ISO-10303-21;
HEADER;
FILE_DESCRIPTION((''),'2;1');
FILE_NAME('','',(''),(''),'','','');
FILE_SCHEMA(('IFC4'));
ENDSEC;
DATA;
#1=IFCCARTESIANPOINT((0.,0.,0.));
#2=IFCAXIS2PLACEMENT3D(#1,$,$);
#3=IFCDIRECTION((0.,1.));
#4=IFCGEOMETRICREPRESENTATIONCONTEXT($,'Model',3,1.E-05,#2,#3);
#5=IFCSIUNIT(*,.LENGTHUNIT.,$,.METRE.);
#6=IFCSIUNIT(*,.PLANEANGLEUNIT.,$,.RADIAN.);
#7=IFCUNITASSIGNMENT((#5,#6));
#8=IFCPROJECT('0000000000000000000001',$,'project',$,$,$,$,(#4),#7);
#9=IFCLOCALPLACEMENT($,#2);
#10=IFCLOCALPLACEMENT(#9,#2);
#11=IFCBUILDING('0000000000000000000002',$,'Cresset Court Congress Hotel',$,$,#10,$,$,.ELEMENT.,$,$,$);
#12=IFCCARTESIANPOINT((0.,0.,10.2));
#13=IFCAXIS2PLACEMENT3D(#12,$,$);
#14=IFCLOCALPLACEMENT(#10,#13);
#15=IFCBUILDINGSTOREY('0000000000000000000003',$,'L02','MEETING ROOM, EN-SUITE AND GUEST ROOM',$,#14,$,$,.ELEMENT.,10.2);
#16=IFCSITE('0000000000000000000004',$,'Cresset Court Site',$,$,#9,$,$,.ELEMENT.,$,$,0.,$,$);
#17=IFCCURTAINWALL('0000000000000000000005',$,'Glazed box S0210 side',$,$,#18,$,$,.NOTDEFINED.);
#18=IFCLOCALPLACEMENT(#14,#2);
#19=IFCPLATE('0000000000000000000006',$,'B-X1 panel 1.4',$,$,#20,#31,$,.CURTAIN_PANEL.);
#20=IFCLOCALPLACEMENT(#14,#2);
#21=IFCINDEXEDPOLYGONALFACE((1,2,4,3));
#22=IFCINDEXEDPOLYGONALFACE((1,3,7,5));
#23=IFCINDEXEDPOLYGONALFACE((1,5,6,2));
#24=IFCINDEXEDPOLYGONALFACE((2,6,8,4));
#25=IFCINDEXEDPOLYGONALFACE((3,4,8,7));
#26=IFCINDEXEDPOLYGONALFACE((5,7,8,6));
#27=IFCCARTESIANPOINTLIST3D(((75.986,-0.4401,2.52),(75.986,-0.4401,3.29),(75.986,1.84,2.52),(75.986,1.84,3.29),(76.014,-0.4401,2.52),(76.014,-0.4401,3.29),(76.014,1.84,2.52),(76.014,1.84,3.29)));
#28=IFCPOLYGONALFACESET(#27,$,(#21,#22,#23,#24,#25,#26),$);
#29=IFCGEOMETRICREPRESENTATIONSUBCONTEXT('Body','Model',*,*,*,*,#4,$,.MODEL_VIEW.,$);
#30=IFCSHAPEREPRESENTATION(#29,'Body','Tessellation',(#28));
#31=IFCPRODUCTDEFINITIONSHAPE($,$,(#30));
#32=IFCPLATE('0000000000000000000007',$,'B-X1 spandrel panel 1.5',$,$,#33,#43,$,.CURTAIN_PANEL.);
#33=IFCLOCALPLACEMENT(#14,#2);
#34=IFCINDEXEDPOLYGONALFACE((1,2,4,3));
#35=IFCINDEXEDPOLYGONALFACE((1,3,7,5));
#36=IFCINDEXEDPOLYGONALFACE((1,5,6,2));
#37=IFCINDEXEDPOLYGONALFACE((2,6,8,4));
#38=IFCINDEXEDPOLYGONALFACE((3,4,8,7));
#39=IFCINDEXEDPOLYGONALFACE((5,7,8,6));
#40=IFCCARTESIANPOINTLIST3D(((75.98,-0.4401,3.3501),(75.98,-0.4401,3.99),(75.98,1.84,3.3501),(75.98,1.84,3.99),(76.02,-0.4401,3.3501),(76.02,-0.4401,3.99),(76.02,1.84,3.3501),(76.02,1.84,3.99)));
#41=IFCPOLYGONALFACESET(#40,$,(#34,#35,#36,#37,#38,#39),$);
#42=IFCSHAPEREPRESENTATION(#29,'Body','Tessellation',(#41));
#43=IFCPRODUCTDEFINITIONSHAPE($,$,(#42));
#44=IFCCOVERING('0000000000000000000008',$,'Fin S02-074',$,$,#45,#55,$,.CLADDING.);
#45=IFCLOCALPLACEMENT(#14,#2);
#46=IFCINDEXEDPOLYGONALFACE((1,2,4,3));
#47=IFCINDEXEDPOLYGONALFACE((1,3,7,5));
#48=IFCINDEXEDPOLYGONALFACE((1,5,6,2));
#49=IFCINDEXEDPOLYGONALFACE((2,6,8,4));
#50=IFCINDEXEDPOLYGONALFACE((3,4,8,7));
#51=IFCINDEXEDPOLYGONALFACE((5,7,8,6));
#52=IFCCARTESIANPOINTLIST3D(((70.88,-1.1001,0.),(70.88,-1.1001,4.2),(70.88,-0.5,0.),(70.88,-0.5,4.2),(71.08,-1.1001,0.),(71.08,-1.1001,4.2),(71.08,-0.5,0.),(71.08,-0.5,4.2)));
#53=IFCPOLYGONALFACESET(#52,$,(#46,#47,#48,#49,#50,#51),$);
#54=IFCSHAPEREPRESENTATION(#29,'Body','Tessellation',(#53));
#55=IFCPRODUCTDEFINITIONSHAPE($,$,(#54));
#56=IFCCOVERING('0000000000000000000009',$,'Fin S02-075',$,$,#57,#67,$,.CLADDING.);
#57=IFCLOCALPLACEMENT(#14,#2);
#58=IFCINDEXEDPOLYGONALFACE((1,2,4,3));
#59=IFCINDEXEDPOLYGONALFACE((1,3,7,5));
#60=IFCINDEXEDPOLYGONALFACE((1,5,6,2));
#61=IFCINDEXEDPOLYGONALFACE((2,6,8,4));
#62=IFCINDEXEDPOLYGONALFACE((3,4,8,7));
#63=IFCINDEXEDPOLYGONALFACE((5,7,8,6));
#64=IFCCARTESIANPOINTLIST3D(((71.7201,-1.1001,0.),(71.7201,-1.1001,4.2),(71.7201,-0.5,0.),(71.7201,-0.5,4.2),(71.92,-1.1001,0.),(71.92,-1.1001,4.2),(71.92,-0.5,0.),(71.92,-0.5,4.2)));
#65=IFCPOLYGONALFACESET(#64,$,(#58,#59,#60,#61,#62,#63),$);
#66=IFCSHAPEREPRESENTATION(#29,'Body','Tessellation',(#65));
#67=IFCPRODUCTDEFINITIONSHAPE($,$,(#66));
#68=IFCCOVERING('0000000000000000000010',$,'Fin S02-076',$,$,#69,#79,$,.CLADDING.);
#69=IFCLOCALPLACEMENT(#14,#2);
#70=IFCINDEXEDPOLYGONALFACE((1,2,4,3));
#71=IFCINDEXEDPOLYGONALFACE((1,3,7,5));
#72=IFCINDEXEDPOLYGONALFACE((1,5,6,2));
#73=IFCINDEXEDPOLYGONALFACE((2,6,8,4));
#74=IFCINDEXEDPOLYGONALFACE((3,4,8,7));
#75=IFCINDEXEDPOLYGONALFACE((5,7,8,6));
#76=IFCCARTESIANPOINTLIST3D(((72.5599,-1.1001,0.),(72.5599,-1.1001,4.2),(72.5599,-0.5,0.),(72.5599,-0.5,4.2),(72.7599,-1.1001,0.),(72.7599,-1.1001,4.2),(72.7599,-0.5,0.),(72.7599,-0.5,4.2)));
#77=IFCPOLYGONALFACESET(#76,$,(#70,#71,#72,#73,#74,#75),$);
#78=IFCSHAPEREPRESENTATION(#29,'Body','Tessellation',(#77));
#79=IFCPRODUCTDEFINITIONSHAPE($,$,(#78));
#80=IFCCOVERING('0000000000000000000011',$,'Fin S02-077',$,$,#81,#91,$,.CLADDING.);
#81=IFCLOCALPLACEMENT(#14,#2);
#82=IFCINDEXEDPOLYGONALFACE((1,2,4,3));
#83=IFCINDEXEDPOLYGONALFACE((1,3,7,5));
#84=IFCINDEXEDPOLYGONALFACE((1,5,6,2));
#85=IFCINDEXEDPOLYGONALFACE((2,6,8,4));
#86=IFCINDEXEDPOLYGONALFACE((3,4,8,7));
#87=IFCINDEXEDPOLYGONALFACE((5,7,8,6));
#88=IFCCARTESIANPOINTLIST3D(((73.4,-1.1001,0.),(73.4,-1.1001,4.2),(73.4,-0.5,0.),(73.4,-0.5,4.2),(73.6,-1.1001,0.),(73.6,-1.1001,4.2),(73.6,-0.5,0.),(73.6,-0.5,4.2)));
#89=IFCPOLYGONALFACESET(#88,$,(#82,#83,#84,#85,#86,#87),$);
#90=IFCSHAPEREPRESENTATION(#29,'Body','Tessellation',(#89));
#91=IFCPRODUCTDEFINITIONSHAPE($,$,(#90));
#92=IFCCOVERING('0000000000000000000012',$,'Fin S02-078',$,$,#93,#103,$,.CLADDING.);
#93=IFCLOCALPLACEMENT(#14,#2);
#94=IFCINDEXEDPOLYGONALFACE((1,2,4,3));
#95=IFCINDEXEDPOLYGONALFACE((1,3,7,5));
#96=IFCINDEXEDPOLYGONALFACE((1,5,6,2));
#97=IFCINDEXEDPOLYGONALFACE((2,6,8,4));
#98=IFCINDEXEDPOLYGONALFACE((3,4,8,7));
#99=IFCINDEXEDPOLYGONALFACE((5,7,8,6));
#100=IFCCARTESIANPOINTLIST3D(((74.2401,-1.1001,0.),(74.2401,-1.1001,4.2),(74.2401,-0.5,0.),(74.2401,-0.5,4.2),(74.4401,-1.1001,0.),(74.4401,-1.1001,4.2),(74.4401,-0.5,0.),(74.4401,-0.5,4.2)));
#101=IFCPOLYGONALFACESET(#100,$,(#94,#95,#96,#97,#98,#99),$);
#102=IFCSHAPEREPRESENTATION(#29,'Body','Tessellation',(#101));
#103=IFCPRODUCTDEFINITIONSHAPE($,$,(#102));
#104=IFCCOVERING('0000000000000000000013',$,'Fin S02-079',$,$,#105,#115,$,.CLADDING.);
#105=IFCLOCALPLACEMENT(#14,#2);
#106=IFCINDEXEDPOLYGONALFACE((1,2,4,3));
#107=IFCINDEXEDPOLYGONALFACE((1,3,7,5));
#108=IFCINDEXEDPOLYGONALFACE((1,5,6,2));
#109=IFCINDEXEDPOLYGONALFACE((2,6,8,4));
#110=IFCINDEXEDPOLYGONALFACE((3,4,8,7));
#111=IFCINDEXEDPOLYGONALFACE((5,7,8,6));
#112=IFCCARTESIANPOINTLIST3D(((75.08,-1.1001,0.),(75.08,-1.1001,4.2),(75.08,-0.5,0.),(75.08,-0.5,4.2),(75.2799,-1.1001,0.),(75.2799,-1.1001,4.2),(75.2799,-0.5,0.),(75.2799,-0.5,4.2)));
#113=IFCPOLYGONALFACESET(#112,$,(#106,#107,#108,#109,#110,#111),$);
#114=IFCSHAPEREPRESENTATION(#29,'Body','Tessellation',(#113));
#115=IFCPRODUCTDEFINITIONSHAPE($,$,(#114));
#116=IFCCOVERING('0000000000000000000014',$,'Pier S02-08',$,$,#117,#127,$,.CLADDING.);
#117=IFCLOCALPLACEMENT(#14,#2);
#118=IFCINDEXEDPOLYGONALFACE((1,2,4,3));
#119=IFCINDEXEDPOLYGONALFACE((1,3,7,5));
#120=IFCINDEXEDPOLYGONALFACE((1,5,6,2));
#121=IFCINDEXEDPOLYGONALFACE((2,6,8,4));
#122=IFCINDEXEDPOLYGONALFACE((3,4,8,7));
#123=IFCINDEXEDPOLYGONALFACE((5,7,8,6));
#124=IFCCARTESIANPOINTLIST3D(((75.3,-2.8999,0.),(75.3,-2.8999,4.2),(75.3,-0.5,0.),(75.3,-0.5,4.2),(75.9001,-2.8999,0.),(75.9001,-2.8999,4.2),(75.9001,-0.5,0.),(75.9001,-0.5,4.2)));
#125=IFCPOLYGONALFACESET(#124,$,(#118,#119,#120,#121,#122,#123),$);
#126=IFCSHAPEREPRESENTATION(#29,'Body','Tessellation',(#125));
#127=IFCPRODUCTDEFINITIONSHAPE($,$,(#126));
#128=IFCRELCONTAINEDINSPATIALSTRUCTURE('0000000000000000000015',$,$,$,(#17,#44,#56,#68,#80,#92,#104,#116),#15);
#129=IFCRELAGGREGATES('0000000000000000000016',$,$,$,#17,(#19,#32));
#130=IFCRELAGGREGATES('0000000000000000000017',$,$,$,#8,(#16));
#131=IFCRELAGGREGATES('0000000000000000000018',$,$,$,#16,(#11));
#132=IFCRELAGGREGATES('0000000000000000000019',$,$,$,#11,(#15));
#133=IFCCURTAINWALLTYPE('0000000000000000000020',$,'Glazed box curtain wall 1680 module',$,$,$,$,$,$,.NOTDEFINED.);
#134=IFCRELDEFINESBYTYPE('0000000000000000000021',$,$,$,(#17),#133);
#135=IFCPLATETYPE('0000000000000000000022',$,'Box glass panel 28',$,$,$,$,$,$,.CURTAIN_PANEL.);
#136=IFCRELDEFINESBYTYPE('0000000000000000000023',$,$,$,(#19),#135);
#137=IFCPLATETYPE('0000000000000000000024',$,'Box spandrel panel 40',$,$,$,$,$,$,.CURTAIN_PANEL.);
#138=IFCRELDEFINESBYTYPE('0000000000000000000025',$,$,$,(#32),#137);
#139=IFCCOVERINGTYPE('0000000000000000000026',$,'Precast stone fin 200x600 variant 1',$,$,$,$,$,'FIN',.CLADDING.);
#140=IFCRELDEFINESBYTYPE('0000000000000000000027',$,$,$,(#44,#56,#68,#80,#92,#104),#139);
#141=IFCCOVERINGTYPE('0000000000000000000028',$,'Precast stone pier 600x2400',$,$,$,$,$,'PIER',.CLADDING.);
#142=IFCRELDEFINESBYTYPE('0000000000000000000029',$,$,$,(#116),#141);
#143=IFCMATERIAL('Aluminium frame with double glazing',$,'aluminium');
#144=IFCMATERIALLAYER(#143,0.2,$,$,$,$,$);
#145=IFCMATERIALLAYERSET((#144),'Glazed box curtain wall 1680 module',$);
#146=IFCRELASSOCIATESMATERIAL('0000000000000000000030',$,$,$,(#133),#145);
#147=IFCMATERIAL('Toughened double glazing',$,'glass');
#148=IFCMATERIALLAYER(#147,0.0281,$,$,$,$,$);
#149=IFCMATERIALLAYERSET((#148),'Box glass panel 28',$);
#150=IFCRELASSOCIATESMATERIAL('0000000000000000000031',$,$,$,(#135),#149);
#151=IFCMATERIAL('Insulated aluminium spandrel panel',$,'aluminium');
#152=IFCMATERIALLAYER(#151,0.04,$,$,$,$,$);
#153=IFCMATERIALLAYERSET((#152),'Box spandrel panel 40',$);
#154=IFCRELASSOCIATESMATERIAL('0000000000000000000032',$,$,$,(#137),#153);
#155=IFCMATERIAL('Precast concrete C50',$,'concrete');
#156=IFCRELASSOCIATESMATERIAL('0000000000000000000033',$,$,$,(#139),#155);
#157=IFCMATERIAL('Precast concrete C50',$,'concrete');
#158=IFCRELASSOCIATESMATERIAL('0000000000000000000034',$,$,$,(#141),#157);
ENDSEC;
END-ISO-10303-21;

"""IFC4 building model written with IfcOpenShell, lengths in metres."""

from ifc_helpers import new_model, si_unit, direction, frame, origin, origin_2d, place, context, subcontext, project, spatial, rectangle, extrude, material, layer, layer_set, type_object, element, aggregate, save


model = new_model("IFC4")

# Units and contexts
model_context = context("Model", 3, precision=1e-05, world=origin(), true_north=direction((0.0, 1.0)))
body_context = subcontext(model_context, "Body", "Model", "MODEL_VIEW")
ifc_project = project(units=[si_unit("LENGTHUNIT", "METRE"), si_unit("PLANEANGLEUNIT", "RADIAN")], contexts=[model_context])

# Site, building, storey
site_placement = place(None, origin())
site = spatial("IfcSite", under=ifc_project, at=site_placement, Name="Cresset Court Site", CompositionType="ELEMENT", RefElevation=0.0)
building_placement = place(site_placement, origin())
building = spatial("IfcBuilding", under=site, at=building_placement, Name="Cresset Court Congress Hotel", CompositionType="ELEMENT")
storey_placement = place(building_placement, frame((0.0, 0.0, 10.2)))
storey = spatial("IfcBuildingStorey", under=building, at=storey_placement, Name="L02", Description="MEETING ROOM, EN-SUITE AND GUEST ROOM", CompositionType="ELEMENT", Elevation=10.2)

# Shared definitions
ifc_material_1 = material(Name="Aluminium frame with double glazing", Category="aluminium")
ifc_layer_1 = layer(ifc_material_1, 0.2)
ifc_layer_set_1 = layer_set([ifc_layer_1], Name="Glazed box curtain wall 1680 module")
curtain_wall_type = type_object("IfcCurtainWallType", Name="Glazed box curtain wall 1680 module", PredefinedType="NOTDEFINED", material=ifc_layer_set_1)

# Curtain wall
curtain_wall_1_placement = place(storey_placement, origin())
curtain_wall_1 = element("IfcCurtainWall", 1, at=curtain_wall_1_placement, inside=storey, type_object=curtain_wall_type, Name="Glazed box S0210 side", PredefinedType="NOTDEFINED")

# Plates
ifc_material_2 = material(Name="Toughened double glazing", Category="glass")
ifc_layer_2 = layer(ifc_material_2, 0.0281)
ifc_layer_set_2 = layer_set([ifc_layer_2], Name="Box glass panel 28")
plate_type_1 = type_object("IfcPlateType", Name="Box glass panel 28", PredefinedType="CURTAIN_PANEL", material=ifc_layer_set_2)
plate_1_placement = place(storey_placement, frame((76.0, 0.7, 2.52), z_axis=(0.0, 0.0, 1.0), x_axis=(0.0, 1.0, 0.0)))
plate_1 = element("IfcPlate", 2, at=plate_1_placement, type_object=plate_type_1, Name="B-X1 panel 1.4", PredefinedType="CURTAIN_PANEL", context=body_context, shape_type="SweptSolid", body=[
    extrude(rectangle(XDim=2.28, YDim=0.0281, at=origin_2d()), origin(), (0.0, 0.0, 1.0), 0.77),
])
ifc_material_3 = material(Name="Insulated aluminium spandrel panel", Category="aluminium")
ifc_layer_3 = layer(ifc_material_3, 0.04)
ifc_layer_set_3 = layer_set([ifc_layer_3], Name="Box spandrel panel 40")
plate_type_2 = type_object("IfcPlateType", Name="Box spandrel panel 40", PredefinedType="CURTAIN_PANEL", material=ifc_layer_set_3)
plate_2_placement = place(storey_placement, frame((76.0, 0.7, 3.3501), z_axis=(0.0, 0.0, 1.0), x_axis=(0.0, 1.0, 0.0)))
plate_2 = element("IfcPlate", 3, at=plate_2_placement, type_object=plate_type_2, Name="B-X1 spandrel panel 1.5", PredefinedType="CURTAIN_PANEL", context=body_context, shape_type="SweptSolid", body=[
    extrude(rectangle(XDim=2.28, YDim=0.04, at=origin_2d()), origin(), (0.0, 0.0, 1.0), 0.6399),
])
aggregate(curtain_wall_1, [plate_1, plate_2])

# Coverings
ifc_material_4 = material(Name="Precast concrete C50", Category="concrete")
covering_type_1 = type_object("IfcCoveringType", Name="Precast stone fin 200x600 variant 1", ElementType="FIN", PredefinedType="CLADDING", material=ifc_material_4)
for number, where, z_axis, x_axis, name in (
    (4, (70.98, -0.8, 0.0), (0.0, 0.0, 1.0), (1.0, 0.0, 0.0), "Fin S02-074"),
    (5, (71.8201, -0.8, 0.0), (0.0, 0.0, 1.0), (1.0, 0.0, 0.0), "Fin S02-075"),
    (6, (72.6599, -0.8, 0.0), (0.0, 0.0, 1.0), (1.0, 0.0, 0.0), "Fin S02-076"),
    (7, (73.5, -0.8, 0.0), (0.0, 0.0, 1.0), (1.0, 0.0, 0.0), "Fin S02-077"),
    (8, (74.3401, -0.8, 0.0), (0.0, 0.0, 1.0), (1.0, 0.0, 0.0), "Fin S02-078"),
    (9, (75.1799, -0.8, 0.0), (0.0, 0.0, 1.0), (1.0, 0.0, 0.0), "Fin S02-079"),
):
    element("IfcCovering", number, at=place(storey_placement, frame(where, z_axis=z_axis, x_axis=x_axis)), inside=storey, type_object=covering_type_1, Name=name, PredefinedType="CLADDING", context=body_context, shape_type="SweptSolid", body=[
        extrude(rectangle(XDim=0.2, YDim=0.6001, at=origin_2d()), origin(), (0.0, 0.0, 1.0), 4.2),
    ])
ifc_material_5 = material(Name="Precast concrete C50", Category="concrete")
covering_type_2 = type_object("IfcCoveringType", Name="Precast stone pier 600x2400", ElementType="PIER", PredefinedType="CLADDING", material=ifc_material_5)
covering_placement = place(storey_placement, frame((75.6001, -1.7, 0.0), z_axis=(0.0, 0.0, 1.0), x_axis=(1.0, 0.0, 0.0)))
element("IfcCovering", 10, at=covering_placement, inside=storey, type_object=covering_type_2, Name="Pier S02-08", PredefinedType="CLADDING", context=body_context, shape_type="SweptSolid", body=[
    extrude(rectangle(XDim=0.6001, YDim=2.3999, at=origin_2d()), origin(), (0.0, 0.0, 1.0), 4.2),
])

save(model, "model.ifc")
